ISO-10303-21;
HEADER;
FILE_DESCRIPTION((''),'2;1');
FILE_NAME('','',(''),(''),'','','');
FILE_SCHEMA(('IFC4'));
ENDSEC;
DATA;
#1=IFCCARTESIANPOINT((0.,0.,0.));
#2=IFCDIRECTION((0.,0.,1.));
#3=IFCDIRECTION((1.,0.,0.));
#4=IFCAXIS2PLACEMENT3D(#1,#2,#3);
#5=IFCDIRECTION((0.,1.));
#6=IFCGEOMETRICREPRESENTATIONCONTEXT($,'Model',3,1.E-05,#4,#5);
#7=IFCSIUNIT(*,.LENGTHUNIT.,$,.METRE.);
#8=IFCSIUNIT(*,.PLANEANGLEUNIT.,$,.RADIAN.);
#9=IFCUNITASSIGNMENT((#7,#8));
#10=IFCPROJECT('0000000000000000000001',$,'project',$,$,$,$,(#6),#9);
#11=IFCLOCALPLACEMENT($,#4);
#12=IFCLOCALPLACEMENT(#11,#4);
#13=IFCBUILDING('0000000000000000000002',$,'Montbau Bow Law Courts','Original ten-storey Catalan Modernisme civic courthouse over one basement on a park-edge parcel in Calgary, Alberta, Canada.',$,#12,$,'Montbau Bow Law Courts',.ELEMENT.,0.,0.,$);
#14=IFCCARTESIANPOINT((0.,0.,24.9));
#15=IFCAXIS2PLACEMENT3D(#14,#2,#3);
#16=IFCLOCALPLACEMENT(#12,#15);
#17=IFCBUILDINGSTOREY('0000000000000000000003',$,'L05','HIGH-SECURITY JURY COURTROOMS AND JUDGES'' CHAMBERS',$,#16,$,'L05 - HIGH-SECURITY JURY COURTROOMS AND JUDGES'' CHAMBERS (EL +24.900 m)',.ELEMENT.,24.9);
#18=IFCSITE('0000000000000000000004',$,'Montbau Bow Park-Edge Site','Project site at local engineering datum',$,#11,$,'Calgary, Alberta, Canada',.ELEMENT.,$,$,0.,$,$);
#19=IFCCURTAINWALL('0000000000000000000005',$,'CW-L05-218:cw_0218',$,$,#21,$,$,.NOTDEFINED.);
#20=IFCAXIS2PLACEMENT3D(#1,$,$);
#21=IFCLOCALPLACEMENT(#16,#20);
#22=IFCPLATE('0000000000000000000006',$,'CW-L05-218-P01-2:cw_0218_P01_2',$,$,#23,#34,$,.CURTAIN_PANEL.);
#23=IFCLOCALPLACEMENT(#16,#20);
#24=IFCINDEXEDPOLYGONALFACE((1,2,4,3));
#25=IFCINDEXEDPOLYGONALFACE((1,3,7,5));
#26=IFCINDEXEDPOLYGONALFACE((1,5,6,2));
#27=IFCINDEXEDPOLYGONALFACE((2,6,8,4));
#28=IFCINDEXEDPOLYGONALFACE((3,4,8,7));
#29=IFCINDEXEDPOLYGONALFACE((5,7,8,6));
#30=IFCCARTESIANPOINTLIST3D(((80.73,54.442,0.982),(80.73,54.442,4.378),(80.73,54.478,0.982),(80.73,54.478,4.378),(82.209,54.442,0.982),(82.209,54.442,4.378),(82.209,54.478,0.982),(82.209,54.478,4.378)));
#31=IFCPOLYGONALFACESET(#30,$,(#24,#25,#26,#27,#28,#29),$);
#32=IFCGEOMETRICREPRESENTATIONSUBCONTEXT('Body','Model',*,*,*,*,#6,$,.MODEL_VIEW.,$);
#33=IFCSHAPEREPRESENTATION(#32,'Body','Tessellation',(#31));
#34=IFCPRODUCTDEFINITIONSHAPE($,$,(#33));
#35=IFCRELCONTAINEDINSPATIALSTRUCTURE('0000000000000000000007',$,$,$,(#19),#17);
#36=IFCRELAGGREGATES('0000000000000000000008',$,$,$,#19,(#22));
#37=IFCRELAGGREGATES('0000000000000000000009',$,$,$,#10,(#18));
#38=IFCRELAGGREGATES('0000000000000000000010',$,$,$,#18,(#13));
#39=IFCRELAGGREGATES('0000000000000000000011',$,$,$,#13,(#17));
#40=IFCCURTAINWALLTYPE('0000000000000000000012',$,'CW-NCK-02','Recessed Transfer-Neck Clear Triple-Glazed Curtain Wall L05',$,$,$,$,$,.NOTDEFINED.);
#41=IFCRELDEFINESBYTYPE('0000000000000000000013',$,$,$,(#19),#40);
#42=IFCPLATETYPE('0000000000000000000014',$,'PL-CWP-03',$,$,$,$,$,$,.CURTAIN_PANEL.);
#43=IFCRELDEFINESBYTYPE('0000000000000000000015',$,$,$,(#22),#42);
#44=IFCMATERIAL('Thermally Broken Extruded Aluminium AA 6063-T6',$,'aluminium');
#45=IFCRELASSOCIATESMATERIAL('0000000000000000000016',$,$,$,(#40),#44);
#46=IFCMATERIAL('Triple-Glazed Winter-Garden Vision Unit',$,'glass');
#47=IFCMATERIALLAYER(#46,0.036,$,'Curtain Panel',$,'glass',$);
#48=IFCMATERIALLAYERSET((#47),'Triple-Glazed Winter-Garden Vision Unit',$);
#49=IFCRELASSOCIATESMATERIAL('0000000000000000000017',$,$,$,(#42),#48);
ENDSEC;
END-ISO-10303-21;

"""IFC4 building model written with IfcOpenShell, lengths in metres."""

from ifc_helpers import new_model, si_unit, direction, frame, frame_2d, origin_with_axes, place, context, subcontext, project, spatial, rectangle, extrude, material, layer, layer_set, type_object, element, aggregate, save


model = new_model("IFC4")

# Units and contexts
model_context = context("Model", 3, precision=1e-05, world=origin_with_axes(), true_north=direction((0.0, 1.0)))
body_context = subcontext(model_context, "Body", "Model", "MODEL_VIEW")
ifc_project = project(units=[si_unit("LENGTHUNIT", "METRE"), si_unit("PLANEANGLEUNIT", "RADIAN")], contexts=[model_context])

# Site, building, storey
site_placement = place(None, origin_with_axes())
site = spatial("IfcSite", under=ifc_project, at=site_placement, Name="Montbau Bow Park-Edge Site", Description="Project site at local engineering datum", LongName="Calgary, Alberta, Canada", CompositionType="ELEMENT", RefElevation=0.0)
building_placement = place(site_placement, origin_with_axes())
building = spatial("IfcBuilding", under=site, at=building_placement, Name="Montbau Bow Law Courts", Description="Original ten-storey Catalan Modernisme civic courthouse over one basement on a park-edge parcel in Calgary, Alberta, Canada.", LongName="Montbau Bow Law Courts", CompositionType="ELEMENT", ElevationOfRefHeight=0.0, ElevationOfTerrain=0.0)
storey_placement = place(building_placement, frame((0.0, 0.0, 24.9), z_axis=(0.0, 0.0, 1.0), x_axis=(1.0, 0.0, 0.0)))
storey = spatial("IfcBuildingStorey", under=building, at=storey_placement, Name="L05", Description="HIGH-SECURITY JURY COURTROOMS AND JUDGES' CHAMBERS", LongName="L05 - HIGH-SECURITY JURY COURTROOMS AND JUDGES' CHAMBERS (EL +24.900 m)", CompositionType="ELEMENT", Elevation=24.9)

# Curtain wall
ifc_material_1 = material(Name="Thermally Broken Extruded Aluminium AA 6063-T6", Category="aluminium")
curtain_wall_type = type_object("IfcCurtainWallType", Name="CW-NCK-02", Description="Recessed Transfer-Neck Clear Triple-Glazed Curtain Wall L05", PredefinedType="NOTDEFINED", material=ifc_material_1)
curtain_wall_1_placement = place(None, frame((80.668, 54.46, 24.9), z_axis=(0.0, 0.0, 1.0), x_axis=(1.0, 0.0, 0.0)))
curtain_wall_1 = element("IfcCurtainWall", 1, at=curtain_wall_1_placement, inside=storey, type_object=curtain_wall_type, Name="CW-L05-218:cw_0218", PredefinedType="NOTDEFINED")

# Plate
ifc_material_2 = material(Name="Triple-Glazed Winter-Garden Vision Unit", Category="glass")
ifc_layer_1 = layer(ifc_material_2, 0.036, Name="Curtain Panel", Category="glass")
ifc_layer_set_1 = layer_set([ifc_layer_1], Name="Triple-Glazed Winter-Garden Vision Unit")
plate_type_1 = type_object("IfcPlateType", Name="PL-CWP-03", PredefinedType="CURTAIN_PANEL", material=ifc_layer_set_1)
plate_1_placement = place(None, frame((80.73, 54.46, 25.882), z_axis=(0.0, -1.0, 0.0), x_axis=(1.0, 0.0, 0.0)))
plate_1 = element("IfcPlate", 2, at=plate_1_placement, type_object=plate_type_1, Name="CW-L05-218-P01-2:cw_0218_P01_2", PredefinedType="CURTAIN_PANEL", context=body_context, shape_type="SweptSolid", body=[
    extrude(rectangle(XDim=1.479, YDim=3.396, at=frame_2d((0.7395, 1.698), x_axis=(1.0, 0.0))), frame((0.0, 0.0, -0.018), z_axis=(0.0, 0.0, 1.0), x_axis=(1.0, 0.0, 0.0)), (0.0, 0.0, 1.0), 0.036),
])
aggregate(curtain_wall_1, [plate_1])

save(model, "model.ifc")
